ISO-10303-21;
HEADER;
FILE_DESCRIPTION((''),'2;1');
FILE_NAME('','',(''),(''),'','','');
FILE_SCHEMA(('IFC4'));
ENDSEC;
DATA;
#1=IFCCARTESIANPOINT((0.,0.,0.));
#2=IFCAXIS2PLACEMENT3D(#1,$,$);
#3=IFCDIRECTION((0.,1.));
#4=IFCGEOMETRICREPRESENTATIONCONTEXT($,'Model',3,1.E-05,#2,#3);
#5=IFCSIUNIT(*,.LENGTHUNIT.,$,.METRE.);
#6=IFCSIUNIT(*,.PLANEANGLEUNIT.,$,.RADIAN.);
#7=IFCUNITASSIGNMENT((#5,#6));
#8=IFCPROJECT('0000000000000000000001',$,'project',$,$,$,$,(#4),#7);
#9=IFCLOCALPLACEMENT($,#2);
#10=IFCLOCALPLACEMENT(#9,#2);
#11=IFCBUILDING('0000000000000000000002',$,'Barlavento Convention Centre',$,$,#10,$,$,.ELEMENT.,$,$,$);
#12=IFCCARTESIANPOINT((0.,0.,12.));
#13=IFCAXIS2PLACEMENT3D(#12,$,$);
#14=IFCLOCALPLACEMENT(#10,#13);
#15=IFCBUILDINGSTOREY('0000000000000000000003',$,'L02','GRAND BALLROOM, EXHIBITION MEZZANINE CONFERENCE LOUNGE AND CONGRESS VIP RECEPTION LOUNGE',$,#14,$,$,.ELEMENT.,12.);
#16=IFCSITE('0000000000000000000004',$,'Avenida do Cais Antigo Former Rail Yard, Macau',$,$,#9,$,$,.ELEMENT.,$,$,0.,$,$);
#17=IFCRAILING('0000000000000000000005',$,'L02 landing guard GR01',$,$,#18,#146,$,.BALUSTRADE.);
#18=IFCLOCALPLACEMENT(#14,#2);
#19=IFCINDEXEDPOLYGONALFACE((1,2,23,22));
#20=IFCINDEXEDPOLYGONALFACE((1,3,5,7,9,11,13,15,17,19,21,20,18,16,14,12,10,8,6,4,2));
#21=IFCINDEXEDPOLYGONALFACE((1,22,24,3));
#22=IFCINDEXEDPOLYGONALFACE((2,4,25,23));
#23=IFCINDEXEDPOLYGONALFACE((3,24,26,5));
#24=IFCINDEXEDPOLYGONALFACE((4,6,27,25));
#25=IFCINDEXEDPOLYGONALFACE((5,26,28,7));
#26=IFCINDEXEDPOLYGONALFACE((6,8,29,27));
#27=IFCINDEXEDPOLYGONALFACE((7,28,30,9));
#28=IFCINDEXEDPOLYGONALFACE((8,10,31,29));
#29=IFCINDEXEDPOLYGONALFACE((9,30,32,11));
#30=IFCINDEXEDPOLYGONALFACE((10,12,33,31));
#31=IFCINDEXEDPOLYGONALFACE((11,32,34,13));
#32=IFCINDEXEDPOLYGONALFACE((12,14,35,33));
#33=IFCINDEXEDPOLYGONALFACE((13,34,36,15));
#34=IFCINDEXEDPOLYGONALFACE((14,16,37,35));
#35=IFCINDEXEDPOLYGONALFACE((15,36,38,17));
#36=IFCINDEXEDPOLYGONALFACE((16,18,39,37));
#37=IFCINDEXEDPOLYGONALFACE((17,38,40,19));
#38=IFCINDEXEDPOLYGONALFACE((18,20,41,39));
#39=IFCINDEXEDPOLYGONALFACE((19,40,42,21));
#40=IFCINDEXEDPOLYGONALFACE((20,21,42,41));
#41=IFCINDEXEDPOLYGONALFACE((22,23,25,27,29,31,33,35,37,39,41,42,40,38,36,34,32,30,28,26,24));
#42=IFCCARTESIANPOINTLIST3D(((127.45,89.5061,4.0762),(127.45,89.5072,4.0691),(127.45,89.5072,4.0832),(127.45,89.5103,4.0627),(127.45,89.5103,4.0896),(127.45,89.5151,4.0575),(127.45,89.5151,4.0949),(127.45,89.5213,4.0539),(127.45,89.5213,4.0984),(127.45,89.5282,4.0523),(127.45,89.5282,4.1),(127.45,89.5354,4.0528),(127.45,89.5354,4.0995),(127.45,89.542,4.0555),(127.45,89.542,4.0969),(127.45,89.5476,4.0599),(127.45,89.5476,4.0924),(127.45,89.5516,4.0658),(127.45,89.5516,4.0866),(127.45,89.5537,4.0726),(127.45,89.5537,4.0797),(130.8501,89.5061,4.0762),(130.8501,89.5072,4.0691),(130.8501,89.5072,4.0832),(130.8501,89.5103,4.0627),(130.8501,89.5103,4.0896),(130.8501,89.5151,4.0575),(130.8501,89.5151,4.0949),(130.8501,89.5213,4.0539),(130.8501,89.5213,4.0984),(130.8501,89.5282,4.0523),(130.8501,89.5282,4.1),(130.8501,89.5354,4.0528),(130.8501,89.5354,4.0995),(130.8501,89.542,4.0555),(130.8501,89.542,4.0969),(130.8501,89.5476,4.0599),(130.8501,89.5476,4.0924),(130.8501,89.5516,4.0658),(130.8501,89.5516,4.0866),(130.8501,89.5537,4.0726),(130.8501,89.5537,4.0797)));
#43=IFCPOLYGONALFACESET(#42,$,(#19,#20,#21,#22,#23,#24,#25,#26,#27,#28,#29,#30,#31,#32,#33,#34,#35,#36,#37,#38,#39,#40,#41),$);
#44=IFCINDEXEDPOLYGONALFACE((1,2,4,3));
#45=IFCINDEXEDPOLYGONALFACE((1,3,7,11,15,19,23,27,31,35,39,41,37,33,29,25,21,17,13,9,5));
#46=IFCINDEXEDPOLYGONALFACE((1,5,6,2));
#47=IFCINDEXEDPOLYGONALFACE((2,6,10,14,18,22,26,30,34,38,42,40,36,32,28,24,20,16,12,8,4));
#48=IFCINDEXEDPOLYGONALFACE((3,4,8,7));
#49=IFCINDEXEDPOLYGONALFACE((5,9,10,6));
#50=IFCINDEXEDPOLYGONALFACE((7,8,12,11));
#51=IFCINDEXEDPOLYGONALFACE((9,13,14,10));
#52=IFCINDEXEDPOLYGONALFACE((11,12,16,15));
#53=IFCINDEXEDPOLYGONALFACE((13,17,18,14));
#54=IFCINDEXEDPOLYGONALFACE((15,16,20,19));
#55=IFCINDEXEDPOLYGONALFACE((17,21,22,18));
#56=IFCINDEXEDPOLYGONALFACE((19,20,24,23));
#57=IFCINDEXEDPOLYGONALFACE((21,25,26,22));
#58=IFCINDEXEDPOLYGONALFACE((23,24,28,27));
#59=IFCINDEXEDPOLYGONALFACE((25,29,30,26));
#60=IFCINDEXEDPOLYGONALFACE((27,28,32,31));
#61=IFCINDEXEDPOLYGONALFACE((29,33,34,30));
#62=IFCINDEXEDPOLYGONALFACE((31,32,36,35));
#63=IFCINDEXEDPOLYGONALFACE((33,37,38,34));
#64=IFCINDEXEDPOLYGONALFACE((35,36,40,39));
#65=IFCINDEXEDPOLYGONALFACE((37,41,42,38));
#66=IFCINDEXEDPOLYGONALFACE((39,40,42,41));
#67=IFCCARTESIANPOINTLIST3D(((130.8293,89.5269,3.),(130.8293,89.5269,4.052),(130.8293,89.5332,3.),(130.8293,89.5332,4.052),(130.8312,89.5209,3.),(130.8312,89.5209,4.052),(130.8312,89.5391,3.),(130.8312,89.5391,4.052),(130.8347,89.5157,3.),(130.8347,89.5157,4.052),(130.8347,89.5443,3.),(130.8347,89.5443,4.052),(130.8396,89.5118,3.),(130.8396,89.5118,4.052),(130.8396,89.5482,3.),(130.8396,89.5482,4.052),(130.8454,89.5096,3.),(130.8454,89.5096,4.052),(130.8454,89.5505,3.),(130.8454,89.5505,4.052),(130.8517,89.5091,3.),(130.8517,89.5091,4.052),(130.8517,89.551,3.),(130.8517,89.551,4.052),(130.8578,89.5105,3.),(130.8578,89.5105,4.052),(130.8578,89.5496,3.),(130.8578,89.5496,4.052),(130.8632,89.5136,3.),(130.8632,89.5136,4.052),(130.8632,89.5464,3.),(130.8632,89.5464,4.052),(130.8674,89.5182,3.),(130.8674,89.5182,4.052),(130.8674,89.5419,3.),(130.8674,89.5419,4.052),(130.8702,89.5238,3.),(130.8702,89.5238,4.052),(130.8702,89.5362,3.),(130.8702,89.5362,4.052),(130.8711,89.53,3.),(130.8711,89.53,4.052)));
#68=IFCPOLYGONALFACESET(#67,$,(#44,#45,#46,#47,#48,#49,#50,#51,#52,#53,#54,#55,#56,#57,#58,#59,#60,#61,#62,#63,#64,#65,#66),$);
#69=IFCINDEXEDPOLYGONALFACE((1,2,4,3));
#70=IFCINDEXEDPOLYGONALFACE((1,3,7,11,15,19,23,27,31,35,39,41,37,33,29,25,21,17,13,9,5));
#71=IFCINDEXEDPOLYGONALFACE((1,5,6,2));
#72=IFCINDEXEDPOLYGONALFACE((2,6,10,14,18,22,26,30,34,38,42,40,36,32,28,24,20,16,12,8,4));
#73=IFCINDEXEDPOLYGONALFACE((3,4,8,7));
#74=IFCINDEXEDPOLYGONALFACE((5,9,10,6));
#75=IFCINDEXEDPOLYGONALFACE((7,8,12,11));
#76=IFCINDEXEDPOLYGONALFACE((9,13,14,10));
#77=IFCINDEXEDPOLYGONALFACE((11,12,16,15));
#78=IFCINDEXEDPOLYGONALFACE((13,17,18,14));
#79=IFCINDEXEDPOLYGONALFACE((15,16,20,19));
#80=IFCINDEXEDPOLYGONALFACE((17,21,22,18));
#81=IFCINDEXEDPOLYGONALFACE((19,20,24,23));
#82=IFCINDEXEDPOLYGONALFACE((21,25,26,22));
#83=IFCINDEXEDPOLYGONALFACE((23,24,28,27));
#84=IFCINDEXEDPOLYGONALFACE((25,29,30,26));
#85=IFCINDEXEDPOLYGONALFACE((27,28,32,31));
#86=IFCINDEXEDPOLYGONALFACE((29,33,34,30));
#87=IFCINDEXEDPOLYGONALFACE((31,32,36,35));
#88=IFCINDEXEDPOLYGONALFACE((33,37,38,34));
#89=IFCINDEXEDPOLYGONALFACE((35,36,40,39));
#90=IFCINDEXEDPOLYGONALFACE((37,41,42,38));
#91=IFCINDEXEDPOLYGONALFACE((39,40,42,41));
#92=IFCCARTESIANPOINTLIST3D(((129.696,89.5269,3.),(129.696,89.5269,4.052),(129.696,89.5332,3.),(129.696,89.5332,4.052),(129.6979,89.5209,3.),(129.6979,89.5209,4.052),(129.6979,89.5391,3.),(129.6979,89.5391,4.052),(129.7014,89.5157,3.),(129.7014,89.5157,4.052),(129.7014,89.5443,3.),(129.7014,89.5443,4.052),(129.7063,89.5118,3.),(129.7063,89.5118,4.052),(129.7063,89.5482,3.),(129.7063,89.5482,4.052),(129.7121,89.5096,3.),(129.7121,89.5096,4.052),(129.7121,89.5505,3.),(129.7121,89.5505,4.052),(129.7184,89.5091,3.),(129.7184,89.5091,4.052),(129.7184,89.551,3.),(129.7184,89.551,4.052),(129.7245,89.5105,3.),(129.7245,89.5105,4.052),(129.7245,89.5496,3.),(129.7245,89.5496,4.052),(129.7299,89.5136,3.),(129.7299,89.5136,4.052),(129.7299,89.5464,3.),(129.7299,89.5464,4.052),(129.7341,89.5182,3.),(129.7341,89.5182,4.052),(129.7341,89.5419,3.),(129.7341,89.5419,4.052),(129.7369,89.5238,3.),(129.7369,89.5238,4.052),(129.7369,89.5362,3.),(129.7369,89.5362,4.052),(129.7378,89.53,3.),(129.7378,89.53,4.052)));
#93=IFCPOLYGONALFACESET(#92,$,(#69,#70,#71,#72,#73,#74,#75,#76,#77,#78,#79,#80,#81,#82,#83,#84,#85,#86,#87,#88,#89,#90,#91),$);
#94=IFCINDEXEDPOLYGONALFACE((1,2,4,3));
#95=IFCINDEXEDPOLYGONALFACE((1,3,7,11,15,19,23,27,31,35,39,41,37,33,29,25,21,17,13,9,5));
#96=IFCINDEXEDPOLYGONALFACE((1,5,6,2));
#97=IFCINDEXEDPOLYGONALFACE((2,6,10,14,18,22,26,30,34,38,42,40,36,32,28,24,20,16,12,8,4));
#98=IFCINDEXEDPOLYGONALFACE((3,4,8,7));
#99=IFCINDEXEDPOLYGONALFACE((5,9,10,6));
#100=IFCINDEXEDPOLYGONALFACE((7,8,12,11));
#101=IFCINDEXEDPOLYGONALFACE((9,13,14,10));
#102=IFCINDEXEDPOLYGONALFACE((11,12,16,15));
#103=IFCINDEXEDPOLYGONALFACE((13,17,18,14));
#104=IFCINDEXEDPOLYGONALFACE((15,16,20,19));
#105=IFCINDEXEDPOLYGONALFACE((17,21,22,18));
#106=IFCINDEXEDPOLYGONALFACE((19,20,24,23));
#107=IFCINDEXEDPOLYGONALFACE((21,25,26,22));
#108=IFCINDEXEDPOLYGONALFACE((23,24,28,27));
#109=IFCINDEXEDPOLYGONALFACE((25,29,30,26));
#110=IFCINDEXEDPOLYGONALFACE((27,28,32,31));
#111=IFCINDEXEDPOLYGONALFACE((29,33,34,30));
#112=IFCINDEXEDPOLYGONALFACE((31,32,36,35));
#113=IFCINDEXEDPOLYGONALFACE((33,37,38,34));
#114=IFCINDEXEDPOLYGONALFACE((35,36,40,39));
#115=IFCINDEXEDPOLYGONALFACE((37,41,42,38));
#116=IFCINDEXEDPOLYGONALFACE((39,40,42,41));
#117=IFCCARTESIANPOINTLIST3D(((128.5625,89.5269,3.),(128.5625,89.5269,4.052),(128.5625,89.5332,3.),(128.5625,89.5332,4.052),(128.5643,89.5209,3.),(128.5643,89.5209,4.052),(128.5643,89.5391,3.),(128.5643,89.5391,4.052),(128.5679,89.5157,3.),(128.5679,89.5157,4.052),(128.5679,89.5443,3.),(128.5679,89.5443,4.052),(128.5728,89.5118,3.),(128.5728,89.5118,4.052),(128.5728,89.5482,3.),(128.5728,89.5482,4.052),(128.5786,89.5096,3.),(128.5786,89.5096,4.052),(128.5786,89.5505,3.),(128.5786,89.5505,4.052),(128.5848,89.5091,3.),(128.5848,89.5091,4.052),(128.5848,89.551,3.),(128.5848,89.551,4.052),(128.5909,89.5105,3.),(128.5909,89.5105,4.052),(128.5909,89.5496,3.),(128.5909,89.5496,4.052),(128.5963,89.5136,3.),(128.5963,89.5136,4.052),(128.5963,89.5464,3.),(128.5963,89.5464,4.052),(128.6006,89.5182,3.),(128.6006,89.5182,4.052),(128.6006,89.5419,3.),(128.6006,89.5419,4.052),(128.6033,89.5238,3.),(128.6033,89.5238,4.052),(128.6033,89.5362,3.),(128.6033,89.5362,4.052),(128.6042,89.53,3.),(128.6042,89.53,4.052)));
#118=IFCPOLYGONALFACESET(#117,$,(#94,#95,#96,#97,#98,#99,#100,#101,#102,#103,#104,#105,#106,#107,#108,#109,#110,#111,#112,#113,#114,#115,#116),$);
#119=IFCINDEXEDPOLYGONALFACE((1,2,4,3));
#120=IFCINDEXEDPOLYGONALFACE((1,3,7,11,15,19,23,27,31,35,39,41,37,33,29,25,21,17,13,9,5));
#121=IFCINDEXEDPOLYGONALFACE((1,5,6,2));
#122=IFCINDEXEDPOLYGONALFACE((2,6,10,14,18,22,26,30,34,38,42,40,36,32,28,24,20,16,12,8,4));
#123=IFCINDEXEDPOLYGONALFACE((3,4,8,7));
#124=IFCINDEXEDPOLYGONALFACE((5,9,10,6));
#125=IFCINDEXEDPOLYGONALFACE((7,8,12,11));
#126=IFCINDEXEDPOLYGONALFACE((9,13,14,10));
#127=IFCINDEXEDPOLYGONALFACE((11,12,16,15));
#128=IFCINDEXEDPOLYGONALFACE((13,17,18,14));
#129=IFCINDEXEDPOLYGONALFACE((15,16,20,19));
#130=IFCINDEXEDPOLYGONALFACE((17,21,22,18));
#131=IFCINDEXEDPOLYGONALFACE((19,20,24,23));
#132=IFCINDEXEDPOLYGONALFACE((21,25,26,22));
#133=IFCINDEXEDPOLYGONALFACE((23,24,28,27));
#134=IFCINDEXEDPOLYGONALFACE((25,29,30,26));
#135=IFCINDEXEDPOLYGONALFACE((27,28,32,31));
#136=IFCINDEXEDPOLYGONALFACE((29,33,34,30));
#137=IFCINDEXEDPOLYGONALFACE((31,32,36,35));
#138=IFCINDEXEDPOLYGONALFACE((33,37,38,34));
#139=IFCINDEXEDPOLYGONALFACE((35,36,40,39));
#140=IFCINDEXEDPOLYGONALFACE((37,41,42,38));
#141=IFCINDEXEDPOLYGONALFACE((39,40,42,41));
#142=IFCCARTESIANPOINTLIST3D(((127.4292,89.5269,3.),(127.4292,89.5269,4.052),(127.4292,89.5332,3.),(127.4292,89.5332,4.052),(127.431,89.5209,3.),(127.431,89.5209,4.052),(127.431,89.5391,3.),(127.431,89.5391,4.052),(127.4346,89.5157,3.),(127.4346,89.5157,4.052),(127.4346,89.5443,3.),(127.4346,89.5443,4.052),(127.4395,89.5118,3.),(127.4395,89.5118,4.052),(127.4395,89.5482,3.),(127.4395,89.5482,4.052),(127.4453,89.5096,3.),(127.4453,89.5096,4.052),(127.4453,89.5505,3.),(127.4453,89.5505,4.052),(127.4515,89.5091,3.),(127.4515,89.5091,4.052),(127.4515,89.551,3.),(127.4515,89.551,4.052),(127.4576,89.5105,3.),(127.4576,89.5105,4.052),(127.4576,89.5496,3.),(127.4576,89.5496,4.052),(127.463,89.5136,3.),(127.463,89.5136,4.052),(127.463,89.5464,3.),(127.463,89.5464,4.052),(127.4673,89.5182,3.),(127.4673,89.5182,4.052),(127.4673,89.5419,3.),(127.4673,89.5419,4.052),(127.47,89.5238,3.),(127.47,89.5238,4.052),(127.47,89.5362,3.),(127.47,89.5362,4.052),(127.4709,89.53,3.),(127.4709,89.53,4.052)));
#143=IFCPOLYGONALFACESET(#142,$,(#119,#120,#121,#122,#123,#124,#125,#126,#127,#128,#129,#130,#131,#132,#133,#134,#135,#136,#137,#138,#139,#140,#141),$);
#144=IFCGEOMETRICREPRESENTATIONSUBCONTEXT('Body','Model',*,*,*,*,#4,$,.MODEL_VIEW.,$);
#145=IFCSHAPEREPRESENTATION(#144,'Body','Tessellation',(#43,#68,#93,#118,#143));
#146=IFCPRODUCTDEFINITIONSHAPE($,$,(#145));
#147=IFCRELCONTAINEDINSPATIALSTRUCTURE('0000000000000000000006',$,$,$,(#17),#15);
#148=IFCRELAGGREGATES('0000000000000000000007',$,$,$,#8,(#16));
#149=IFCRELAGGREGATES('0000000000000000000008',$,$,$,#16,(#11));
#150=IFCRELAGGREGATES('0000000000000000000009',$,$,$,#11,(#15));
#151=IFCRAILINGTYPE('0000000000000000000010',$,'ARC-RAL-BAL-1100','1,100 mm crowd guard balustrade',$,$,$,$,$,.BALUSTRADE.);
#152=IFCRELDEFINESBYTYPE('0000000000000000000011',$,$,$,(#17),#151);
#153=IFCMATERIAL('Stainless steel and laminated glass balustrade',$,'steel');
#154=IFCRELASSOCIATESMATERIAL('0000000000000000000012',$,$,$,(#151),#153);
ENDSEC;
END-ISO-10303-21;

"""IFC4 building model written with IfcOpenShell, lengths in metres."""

from ifc_helpers import new_model, si_unit, direction, frame, origin, origin_2d, place, context, subcontext, project, spatial, circle, extrude, material, type_object, element, save


model = new_model("IFC4")

# Units and contexts
model_context = context("Model", 3, precision=1e-05, world=origin(), true_north=direction((0.0, 1.0)))
body_context = subcontext(model_context, "Body", "Model", "MODEL_VIEW")
ifc_project = project(units=[si_unit("LENGTHUNIT", "METRE"), si_unit("PLANEANGLEUNIT", "RADIAN")], contexts=[model_context])

# Site, building, storey
site_placement = place(None, origin())
site = spatial("IfcSite", under=ifc_project, at=site_placement, Name="Avenida do Cais Antigo Former Rail Yard, Macau", CompositionType="ELEMENT", RefElevation=0.0)
building_placement = place(site_placement, origin())
building = spatial("IfcBuilding", under=site, at=building_placement, Name="Barlavento Convention Centre", CompositionType="ELEMENT")
storey_placement = place(building_placement, frame((0.0, 0.0, 12.0)))
storey = spatial("IfcBuildingStorey", under=building, at=storey_placement, Name="L02", Description="GRAND BALLROOM, EXHIBITION MEZZANINE CONFERENCE LOUNGE AND CONGRESS VIP RECEPTION LOUNGE", CompositionType="ELEMENT", Elevation=12.0)

# Railing
ifc_material_1 = material(Name="Stainless steel and laminated glass balustrade", Category="steel")
railing_type = type_object("IfcRailingType", Name="ARC-RAL-BAL-1100", Description="1,100 mm crowd guard balustrade", PredefinedType="BALUSTRADE", material=ifc_material_1)
for number, where, name in (
    (1, (130.8501, 89.53, 3.0), "L02 landing guard GR01"),
):
    element("IfcRailing", number, at=place(storey_placement, frame(where)), inside=storey, type_object=railing_type, Name=name, PredefinedType="BALUSTRADE", context=body_context, shape_type="SweptSolid", body=[
        extrude(circle(Radius=0.0239, at=origin_2d()), frame((0.0, 0.0, 1.0762), z_axis=(-1.0, 0.0, 0.0), x_axis=(0.0, -1.0, 0.0)), (0.0, 0.0, 1.0), 3.4001),
        extrude(circle(Radius=0.021, at=origin_2d()), origin(), (0.0, 0.0, 1.0), 1.052),
        extrude(circle(Radius=0.021, at=origin_2d()), frame((-1.1333, 0.0, 0.0)), (0.0, 0.0, 1.0), 1.052),
        extrude(circle(Radius=0.021, at=origin_2d()), frame((-2.2668, 0.0, 0.0)), (0.0, 0.0, 1.0), 1.052),
        extrude(circle(Radius=0.021, at=origin_2d()), frame((-3.4001, 0.0, 0.0)), (0.0, 0.0, 1.0), 1.052),
    ])

save(model, "model.ifc")
